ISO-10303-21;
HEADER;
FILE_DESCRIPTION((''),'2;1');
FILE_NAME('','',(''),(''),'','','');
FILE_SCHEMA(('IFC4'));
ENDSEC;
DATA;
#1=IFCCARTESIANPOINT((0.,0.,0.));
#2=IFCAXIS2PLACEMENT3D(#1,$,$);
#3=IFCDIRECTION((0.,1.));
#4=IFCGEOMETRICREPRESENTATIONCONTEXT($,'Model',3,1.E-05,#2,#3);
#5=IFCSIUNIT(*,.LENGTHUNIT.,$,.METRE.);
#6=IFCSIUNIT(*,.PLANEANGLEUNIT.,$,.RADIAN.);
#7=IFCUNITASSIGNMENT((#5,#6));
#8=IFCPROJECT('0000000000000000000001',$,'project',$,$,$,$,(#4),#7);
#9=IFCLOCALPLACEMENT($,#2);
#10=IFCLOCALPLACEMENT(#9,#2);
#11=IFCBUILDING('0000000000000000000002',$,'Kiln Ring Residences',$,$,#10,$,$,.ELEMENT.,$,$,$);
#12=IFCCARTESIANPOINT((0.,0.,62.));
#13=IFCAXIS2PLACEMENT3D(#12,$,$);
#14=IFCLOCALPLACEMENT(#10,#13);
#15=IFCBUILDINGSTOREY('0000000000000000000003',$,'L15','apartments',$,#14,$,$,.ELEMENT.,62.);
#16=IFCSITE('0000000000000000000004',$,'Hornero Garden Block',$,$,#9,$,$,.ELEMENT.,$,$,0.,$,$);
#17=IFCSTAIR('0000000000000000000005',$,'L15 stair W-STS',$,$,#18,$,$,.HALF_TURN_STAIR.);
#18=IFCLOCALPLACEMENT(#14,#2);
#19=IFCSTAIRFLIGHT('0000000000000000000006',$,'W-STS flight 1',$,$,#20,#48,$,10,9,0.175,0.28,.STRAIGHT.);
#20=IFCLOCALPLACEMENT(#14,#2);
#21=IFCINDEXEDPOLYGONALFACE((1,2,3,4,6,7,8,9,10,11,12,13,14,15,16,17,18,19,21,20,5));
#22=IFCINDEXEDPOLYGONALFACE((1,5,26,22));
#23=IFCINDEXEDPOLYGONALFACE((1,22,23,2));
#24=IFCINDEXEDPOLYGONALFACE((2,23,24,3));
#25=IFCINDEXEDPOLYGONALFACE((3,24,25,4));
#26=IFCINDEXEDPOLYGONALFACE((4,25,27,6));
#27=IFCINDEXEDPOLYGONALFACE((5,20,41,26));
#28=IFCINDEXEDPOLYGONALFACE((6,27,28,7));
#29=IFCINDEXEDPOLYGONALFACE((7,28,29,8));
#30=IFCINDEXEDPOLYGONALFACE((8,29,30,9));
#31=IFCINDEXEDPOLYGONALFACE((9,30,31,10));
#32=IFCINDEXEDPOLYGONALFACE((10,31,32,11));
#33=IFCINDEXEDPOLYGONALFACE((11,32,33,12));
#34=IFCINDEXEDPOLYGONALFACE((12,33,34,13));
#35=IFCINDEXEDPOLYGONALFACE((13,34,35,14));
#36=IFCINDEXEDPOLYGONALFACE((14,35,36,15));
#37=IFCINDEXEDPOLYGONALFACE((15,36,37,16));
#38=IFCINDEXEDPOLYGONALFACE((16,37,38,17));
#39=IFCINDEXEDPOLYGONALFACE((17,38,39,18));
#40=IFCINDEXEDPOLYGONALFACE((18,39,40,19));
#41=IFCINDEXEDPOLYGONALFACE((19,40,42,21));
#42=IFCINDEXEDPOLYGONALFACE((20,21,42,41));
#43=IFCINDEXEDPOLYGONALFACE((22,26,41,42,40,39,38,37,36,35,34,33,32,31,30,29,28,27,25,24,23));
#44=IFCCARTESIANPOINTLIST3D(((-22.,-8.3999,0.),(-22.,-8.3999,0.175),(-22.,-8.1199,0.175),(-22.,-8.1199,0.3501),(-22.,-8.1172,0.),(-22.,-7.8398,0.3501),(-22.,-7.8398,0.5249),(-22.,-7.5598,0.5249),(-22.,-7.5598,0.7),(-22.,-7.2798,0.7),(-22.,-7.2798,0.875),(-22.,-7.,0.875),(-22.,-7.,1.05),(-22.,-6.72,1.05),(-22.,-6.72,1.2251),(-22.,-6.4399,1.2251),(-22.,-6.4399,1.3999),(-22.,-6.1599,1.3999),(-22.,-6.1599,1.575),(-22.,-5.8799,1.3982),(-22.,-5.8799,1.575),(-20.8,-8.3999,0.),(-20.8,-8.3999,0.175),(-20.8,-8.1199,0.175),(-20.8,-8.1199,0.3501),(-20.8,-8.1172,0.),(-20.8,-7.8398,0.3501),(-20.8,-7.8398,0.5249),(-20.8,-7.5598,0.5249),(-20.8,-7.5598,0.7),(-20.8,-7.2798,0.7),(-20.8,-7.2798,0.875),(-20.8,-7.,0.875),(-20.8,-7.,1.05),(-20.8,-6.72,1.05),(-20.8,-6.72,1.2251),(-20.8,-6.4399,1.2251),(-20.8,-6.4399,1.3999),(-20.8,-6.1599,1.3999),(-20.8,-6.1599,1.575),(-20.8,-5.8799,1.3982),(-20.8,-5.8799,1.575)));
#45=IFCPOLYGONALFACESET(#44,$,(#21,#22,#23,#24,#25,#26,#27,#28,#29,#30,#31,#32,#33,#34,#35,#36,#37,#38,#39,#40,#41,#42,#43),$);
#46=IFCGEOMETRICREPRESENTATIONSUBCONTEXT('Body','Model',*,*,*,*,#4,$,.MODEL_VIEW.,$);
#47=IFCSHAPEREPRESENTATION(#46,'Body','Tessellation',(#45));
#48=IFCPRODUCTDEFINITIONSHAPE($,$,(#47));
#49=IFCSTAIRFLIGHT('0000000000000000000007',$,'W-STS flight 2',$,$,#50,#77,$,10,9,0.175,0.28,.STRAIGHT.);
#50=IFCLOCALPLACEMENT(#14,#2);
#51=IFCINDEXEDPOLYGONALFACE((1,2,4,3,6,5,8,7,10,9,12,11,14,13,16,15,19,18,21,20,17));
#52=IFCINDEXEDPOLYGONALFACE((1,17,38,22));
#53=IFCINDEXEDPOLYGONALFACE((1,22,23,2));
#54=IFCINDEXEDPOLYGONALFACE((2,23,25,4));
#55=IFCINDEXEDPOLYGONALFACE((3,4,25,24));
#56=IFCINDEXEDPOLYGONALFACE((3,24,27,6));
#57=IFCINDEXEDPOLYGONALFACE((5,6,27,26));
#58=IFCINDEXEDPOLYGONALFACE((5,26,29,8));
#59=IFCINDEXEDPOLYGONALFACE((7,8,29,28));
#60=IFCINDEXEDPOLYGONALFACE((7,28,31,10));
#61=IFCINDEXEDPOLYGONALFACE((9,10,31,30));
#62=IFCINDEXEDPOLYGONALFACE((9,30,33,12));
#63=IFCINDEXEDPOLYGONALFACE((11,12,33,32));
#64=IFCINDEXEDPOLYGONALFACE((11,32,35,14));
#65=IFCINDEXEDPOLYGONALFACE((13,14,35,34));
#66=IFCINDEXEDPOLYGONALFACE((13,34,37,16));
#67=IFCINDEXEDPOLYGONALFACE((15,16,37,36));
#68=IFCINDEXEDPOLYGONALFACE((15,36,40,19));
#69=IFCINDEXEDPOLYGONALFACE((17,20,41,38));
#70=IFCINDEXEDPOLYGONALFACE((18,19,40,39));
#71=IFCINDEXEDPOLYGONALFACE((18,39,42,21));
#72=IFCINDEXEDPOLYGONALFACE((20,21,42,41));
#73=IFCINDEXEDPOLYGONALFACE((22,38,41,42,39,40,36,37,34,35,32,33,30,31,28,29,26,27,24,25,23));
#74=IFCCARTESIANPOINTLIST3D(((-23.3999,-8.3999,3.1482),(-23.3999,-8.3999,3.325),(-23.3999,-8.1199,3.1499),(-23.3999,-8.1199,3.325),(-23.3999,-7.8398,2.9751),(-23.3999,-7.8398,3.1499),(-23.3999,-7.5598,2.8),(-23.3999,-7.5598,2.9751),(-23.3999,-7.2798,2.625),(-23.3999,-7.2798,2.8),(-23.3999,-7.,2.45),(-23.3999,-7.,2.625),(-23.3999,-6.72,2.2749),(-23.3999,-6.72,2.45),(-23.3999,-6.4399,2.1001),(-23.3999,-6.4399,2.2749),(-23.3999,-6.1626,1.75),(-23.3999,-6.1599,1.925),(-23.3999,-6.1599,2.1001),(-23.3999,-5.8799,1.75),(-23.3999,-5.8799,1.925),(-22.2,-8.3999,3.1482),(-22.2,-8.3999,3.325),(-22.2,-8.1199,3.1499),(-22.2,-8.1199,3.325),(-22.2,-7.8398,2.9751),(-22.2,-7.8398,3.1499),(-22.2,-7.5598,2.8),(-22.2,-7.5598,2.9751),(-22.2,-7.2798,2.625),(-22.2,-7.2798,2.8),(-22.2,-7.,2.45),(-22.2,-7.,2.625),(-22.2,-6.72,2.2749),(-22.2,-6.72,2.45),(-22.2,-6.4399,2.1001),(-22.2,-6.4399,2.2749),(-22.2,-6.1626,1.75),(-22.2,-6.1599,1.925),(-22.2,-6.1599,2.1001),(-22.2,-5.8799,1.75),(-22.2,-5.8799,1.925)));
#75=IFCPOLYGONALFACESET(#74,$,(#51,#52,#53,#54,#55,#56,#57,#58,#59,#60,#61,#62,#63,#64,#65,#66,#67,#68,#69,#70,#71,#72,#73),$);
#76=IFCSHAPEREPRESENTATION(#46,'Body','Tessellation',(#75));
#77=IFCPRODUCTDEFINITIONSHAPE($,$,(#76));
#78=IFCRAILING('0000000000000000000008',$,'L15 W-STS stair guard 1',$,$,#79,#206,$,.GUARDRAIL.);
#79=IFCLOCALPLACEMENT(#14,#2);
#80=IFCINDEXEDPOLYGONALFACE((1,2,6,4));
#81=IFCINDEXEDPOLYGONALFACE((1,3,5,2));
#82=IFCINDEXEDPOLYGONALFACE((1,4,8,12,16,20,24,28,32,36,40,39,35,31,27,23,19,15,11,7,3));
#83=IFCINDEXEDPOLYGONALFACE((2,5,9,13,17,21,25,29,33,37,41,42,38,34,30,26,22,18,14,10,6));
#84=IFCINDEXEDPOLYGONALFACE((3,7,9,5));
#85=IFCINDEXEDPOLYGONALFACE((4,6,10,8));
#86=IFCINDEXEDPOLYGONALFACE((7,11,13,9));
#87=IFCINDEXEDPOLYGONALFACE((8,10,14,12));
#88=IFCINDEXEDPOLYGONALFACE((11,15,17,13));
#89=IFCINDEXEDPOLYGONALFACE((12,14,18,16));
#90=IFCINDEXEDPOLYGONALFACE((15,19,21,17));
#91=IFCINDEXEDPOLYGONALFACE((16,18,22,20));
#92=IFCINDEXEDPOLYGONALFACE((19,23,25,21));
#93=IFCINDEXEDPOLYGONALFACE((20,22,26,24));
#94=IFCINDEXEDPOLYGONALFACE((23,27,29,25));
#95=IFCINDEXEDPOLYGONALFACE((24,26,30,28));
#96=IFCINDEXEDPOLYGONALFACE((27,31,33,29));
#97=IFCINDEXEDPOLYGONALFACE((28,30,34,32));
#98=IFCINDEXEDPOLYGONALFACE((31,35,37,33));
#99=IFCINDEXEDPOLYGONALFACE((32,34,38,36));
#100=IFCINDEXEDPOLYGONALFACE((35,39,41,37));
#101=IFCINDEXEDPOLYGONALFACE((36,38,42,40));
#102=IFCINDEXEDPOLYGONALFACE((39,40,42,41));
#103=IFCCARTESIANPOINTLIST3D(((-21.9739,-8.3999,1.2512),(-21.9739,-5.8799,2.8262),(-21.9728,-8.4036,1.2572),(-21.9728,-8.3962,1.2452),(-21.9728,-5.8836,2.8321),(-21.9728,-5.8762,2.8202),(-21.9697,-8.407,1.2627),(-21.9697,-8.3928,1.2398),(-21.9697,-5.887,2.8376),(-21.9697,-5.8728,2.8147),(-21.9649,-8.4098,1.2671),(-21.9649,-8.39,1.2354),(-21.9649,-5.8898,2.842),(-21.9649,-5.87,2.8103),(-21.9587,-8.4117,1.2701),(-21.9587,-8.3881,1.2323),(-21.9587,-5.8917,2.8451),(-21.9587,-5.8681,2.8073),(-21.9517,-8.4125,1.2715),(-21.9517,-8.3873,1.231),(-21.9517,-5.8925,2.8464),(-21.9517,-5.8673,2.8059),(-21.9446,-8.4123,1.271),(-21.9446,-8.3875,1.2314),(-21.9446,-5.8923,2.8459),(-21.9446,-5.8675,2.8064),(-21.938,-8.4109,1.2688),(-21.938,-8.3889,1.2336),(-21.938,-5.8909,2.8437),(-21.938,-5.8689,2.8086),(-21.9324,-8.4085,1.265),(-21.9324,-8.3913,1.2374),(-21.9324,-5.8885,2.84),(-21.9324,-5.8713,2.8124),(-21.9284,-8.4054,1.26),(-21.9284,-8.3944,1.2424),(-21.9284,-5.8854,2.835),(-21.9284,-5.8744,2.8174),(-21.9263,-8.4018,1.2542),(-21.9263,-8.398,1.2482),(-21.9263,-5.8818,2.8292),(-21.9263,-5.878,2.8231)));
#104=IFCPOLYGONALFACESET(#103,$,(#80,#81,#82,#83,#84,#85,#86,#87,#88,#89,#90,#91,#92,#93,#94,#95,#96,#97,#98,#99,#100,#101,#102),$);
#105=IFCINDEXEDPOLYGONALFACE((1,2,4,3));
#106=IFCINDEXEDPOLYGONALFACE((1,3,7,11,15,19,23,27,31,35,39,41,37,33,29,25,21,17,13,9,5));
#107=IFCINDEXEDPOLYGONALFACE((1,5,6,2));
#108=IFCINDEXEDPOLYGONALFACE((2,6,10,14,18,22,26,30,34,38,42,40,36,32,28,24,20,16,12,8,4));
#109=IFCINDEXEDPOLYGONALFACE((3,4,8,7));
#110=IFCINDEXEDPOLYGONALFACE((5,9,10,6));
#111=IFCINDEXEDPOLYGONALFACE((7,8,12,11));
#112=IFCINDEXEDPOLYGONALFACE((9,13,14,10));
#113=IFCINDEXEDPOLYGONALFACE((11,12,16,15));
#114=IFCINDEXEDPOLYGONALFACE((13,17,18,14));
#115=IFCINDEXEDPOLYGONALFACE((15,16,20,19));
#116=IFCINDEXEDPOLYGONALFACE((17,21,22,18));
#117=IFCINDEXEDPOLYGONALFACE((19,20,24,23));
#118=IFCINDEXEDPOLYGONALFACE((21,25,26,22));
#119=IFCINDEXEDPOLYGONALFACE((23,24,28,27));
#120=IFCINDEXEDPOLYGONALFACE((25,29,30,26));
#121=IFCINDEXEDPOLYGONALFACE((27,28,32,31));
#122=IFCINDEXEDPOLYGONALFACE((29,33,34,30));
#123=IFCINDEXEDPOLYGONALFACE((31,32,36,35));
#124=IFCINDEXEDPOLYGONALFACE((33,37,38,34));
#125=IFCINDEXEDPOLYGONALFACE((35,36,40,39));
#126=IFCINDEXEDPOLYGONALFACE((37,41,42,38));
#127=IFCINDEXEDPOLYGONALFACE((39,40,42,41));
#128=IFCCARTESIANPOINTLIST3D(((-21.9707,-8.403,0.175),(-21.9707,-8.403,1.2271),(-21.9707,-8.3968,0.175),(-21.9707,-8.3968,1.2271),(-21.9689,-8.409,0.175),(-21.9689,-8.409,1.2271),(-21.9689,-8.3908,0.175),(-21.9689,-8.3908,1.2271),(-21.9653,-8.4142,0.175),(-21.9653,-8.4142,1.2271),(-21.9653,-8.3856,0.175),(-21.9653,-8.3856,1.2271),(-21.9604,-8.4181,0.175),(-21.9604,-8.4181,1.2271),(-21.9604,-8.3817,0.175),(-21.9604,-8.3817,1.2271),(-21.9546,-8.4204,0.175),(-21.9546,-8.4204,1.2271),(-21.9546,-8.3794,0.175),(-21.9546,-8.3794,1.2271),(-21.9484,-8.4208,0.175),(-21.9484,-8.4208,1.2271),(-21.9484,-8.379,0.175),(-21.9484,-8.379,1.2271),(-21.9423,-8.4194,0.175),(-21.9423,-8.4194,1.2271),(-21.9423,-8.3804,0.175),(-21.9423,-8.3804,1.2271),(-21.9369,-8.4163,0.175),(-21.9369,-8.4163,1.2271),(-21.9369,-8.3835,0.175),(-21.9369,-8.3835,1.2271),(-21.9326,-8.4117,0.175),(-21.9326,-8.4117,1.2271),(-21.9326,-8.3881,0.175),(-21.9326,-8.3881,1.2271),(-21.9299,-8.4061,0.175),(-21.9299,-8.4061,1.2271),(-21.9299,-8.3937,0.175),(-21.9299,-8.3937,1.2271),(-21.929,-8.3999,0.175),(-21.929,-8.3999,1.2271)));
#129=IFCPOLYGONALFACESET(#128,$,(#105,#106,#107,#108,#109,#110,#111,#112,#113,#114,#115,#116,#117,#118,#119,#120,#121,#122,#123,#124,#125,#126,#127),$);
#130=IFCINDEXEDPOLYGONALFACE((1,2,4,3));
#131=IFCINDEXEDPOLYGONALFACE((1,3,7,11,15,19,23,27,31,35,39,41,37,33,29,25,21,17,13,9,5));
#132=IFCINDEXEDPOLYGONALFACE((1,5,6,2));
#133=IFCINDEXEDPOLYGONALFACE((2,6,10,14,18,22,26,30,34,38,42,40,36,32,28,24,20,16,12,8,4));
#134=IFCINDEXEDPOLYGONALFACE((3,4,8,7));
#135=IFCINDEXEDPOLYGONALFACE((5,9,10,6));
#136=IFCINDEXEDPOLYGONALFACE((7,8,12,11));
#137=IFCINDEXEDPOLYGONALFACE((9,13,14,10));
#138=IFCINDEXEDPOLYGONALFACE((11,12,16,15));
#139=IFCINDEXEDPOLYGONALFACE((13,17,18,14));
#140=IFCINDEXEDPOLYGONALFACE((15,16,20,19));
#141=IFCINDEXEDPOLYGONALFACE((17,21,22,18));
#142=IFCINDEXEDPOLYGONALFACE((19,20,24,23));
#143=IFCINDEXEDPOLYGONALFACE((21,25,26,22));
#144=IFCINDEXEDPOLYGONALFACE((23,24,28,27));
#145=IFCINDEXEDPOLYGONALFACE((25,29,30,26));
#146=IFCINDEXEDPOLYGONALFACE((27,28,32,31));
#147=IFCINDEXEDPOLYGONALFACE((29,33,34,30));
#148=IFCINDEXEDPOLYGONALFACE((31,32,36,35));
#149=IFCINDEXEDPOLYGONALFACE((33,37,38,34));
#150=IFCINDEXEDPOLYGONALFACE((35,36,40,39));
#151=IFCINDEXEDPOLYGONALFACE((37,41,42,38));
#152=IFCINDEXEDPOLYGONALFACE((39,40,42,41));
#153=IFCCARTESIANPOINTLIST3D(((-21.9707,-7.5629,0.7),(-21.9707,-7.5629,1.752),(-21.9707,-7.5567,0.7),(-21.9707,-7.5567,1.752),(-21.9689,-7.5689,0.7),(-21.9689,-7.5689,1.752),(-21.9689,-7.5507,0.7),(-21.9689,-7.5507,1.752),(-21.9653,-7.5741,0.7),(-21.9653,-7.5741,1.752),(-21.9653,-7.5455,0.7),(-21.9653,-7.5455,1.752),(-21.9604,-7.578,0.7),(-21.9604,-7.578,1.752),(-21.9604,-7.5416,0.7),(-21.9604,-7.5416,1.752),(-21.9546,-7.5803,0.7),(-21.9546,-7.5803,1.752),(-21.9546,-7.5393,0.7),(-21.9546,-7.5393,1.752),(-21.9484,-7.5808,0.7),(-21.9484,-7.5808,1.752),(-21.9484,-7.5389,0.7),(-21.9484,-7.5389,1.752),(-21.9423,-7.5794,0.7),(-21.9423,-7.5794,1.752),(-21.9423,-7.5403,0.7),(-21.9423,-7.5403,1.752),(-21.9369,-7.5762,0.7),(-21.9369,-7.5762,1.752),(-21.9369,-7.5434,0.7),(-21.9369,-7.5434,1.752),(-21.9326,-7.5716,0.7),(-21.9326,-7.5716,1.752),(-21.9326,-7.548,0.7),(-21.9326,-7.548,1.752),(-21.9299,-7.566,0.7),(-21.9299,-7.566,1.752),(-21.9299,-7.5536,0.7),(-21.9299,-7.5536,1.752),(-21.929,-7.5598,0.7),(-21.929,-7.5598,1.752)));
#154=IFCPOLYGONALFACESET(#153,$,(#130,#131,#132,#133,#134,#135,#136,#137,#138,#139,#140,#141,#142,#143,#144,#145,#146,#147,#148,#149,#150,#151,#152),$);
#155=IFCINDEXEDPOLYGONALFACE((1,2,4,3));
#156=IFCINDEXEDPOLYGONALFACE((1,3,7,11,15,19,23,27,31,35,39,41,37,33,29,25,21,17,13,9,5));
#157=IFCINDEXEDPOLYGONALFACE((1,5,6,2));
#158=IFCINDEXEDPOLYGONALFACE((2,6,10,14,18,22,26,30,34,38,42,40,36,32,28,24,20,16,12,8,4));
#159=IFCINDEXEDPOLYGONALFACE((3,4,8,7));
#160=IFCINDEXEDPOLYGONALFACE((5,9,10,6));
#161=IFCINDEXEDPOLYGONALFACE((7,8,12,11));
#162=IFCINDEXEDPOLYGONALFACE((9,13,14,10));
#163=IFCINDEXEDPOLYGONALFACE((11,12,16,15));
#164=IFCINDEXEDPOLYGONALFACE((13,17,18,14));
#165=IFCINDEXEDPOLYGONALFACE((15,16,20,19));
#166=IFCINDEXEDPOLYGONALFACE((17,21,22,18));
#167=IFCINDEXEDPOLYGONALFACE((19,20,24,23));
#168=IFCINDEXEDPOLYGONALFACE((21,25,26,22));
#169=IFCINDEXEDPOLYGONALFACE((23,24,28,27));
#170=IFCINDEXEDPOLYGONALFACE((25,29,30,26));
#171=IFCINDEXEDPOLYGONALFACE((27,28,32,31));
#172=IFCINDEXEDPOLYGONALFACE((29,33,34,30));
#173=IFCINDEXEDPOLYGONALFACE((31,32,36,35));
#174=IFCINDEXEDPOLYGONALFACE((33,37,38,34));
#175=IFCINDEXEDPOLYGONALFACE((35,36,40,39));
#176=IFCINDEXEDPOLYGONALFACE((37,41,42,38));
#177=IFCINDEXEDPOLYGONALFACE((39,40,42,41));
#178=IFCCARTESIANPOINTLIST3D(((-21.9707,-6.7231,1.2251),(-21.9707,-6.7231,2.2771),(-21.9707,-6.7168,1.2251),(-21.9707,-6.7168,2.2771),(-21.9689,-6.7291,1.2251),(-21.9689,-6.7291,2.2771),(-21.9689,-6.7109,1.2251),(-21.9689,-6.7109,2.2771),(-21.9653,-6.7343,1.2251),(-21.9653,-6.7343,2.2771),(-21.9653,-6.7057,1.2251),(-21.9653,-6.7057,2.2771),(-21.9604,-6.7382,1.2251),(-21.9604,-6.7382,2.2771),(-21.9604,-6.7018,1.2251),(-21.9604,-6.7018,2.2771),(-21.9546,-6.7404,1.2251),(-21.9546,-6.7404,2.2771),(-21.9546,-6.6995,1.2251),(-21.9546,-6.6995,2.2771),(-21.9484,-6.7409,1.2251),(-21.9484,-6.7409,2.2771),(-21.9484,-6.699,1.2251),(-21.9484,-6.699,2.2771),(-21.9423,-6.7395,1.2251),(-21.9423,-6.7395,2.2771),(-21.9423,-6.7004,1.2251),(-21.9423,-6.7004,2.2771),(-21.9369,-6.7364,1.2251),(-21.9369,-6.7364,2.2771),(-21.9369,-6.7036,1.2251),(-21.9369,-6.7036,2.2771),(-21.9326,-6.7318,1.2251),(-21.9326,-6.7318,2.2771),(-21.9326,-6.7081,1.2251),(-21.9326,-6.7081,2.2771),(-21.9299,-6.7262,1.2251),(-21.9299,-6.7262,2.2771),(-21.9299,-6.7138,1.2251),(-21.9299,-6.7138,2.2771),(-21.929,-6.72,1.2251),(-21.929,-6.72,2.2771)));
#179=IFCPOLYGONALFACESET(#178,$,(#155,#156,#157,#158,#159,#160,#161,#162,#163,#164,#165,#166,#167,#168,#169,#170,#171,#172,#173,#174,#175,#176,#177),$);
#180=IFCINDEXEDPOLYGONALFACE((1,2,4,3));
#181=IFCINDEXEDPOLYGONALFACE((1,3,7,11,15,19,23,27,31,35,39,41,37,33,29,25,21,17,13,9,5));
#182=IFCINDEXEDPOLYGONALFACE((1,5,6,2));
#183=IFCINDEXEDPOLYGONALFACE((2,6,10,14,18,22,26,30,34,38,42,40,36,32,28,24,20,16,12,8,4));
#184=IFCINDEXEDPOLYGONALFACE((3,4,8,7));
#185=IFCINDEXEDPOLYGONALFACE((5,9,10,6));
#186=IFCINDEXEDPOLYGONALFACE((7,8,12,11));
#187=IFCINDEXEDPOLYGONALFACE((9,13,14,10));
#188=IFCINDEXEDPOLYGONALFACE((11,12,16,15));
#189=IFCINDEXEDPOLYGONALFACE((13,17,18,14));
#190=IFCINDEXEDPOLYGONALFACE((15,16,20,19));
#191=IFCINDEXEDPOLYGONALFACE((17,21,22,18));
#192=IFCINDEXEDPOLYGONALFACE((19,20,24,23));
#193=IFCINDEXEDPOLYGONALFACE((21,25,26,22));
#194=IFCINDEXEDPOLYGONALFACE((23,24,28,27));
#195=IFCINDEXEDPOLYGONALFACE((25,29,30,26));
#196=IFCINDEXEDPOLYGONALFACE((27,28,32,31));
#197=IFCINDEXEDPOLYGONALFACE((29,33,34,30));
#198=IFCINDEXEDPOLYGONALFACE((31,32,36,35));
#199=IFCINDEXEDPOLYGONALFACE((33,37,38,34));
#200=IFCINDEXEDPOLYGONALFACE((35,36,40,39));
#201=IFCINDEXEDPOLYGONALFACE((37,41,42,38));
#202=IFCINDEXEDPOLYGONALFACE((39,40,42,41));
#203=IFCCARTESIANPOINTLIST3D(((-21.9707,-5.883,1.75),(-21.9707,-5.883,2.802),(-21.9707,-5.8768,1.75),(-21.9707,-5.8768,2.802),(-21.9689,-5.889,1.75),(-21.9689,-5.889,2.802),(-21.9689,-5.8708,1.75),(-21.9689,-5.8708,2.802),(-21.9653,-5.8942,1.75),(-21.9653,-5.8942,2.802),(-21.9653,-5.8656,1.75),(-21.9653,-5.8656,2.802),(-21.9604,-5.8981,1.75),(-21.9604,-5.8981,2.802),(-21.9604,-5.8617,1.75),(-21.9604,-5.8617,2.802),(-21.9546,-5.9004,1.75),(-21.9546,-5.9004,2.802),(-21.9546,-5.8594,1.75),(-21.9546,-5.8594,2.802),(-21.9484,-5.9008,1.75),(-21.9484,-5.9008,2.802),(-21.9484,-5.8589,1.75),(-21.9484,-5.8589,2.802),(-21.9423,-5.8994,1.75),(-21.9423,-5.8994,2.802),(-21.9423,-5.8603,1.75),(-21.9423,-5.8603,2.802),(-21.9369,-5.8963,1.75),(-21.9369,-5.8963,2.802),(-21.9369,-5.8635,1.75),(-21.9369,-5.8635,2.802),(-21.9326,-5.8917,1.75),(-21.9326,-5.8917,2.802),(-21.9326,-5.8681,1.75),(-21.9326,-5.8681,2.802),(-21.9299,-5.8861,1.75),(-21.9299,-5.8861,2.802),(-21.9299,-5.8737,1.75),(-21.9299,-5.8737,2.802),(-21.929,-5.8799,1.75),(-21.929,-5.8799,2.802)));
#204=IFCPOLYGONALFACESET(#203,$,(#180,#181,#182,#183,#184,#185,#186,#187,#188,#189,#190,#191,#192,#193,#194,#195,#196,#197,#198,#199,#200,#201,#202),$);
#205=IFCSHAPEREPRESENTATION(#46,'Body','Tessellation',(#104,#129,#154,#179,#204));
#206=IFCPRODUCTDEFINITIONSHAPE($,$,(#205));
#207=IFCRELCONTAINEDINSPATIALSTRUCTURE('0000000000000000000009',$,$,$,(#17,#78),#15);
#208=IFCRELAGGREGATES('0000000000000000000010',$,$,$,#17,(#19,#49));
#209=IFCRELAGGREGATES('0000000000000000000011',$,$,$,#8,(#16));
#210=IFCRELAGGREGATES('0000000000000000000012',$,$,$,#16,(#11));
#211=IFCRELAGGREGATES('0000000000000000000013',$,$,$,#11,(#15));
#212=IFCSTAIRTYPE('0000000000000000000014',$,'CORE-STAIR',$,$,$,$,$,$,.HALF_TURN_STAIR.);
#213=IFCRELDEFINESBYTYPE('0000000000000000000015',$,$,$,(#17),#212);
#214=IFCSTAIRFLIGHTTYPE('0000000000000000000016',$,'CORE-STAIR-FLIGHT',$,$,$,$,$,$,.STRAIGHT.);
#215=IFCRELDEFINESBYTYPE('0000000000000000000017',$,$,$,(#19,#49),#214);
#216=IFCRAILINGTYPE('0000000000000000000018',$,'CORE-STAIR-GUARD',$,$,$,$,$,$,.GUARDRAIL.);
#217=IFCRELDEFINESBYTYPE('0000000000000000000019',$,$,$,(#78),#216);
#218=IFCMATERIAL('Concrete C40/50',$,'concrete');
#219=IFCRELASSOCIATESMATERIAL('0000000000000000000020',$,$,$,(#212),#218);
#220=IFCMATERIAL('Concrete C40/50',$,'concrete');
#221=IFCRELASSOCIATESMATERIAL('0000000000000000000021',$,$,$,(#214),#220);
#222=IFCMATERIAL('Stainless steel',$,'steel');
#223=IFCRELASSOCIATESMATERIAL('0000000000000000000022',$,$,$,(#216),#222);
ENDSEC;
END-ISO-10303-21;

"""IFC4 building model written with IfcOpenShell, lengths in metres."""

from ifc_helpers import new_model, si_unit, direction, frame, origin, origin_2d, place, context, subcontext, project, spatial, polyline, circle, outline, extrude, material, type_object, element, aggregate, save


model = new_model("IFC4")

# Units and contexts
model_context = context("Model", 3, precision=1e-05, world=origin(), true_north=direction((0.0, 1.0)))
body_context = subcontext(model_context, "Body", "Model", "MODEL_VIEW")
ifc_project = project(units=[si_unit("LENGTHUNIT", "METRE"), si_unit("PLANEANGLEUNIT", "RADIAN")], contexts=[model_context])

# Site, building, storey
site_placement = place(None, origin())
site = spatial("IfcSite", under=ifc_project, at=site_placement, Name="Hornero Garden Block", CompositionType="ELEMENT", RefElevation=0.0)
building_placement = place(site_placement, origin())
building = spatial("IfcBuilding", under=site, at=building_placement, Name="Kiln Ring Residences", CompositionType="ELEMENT")
storey_placement = place(building_placement, frame((0.0, 0.0, 62.0)))
storey = spatial("IfcBuildingStorey", under=building, at=storey_placement, Name="L15", Description="apartments", CompositionType="ELEMENT", Elevation=62.0)

# Stair, stair flights
ifc_material_1 = material(Name="Concrete C40/50", Category="concrete")
stair_type = type_object("IfcStairType", Name="CORE-STAIR", PredefinedType="HALF_TURN_STAIR", material=ifc_material_1)
stair_placement = place(storey_placement, origin())
stair = element("IfcStair", 1, at=stair_placement, inside=storey, type_object=stair_type, Name="L15 stair W-STS", PredefinedType="HALF_TURN_STAIR")
ifc_material_2 = material(Name="Concrete C40/50", Category="concrete")
stair_flight_type = type_object("IfcStairFlightType", Name="CORE-STAIR-FLIGHT", PredefinedType="STRAIGHT", material=ifc_material_2)
stair_flight_1_placement = place(storey_placement, frame((-21.3999, -8.3999, 0.0), z_axis=(0.0, 0.0, 1.0), x_axis=(0.0, 1.0, 0.0)))
stair_flight_1 = element("IfcStairFlight", 2, at=stair_flight_1_placement, type_object=stair_flight_type, Name="W-STS flight 1", NumberOfRisers=10, NumberOfTreads=9, PredefinedType="STRAIGHT", RiserHeight=0.175, TreadLength=0.28, context=body_context, shape_type="SweptSolid", body=[
    extrude(outline(polyline([(0.0, 0.0), (0.0, 0.175), (0.28, 0.175), (0.28, 0.3501), (0.5601, 0.3501), (0.5601, 0.5249), (0.8401, 0.5249), (0.8401, 0.7), (1.1201, 0.7), (1.1201, 0.875), (1.3999, 0.875), (1.3999, 1.05), (1.6799, 1.05), (1.6799, 1.2251), (1.96, 1.2251), (1.96, 1.3999), (2.24, 1.3999), (2.24, 1.575), (2.52, 1.575), (2.52, 1.75), (2.52, 1.3982), (0.2827, 0.0), (0.0, 0.0)])), frame((0.0, 0.6001, 0.0), z_axis=(0.0, -1.0, 0.0), x_axis=(1.0, 0.0, 0.0)), (0.0, 0.0, 1.0), 1.2),
])
stair_flight_2_placement = place(storey_placement, frame((-22.8, -5.8799, 1.75), z_axis=(0.0, 0.0, 1.0), x_axis=(0.0, -1.0, 0.0)))
stair_flight_2 = element("IfcStairFlight", 3, at=stair_flight_2_placement, type_object=stair_flight_type, Name="W-STS flight 2", NumberOfRisers=10, NumberOfTreads=9, PredefinedType="STRAIGHT", RiserHeight=0.175, TreadLength=0.28, context=body_context, shape_type="SweptSolid", body=[
    extrude(outline(polyline([(0.0, 0.0), (0.0, 0.175), (0.28, 0.175), (0.28, 0.3501), (0.5601, 0.3501), (0.5601, 0.5249), (0.8401, 0.5249), (0.8401, 0.7), (1.1201, 0.7), (1.1201, 0.875), (1.3999, 0.875), (1.3999, 1.05), (1.6799, 1.05), (1.6799, 1.2251), (1.96, 1.2251), (1.96, 1.3999), (2.24, 1.3999), (2.24, 1.575), (2.52, 1.575), (2.52, 1.75), (2.52, 1.3982), (0.2827, 0.0), (0.0, 0.0)])), frame((0.0, 0.6001, 0.0), z_axis=(0.0, -1.0, 0.0), x_axis=(1.0, 0.0, 0.0)), (0.0, 0.0, 1.0), 1.2),
])
aggregate(stair, [stair_flight_1, stair_flight_2])

# Railing
ifc_material_3 = material(Name="Stainless steel", Category="steel")
railing_type_1 = type_object("IfcRailingType", Name="CORE-STAIR-GUARD", PredefinedType="GUARDRAIL", material=ifc_material_3)
railing_1_placement = place(storey_placement, frame((-21.95, -8.3999, 0.175)))
element("IfcRailing", 4, at=railing_1_placement, inside=storey, type_object=railing_type_1, Name="L15 W-STS stair guard 1", PredefinedType="GUARDRAIL", context=body_context, shape_type="SweptSolid", body=[
    extrude(circle(Radius=0.0239, at=origin_2d()), frame((0.0, 0.0, 1.0762), z_axis=(0.0, 0.848008, 0.529984), x_axis=(-1.0, 0.0, 0.0)), (0.0, 0.0, 1.0), 2.9717),
    extrude(circle(Radius=0.021, at=origin_2d()), origin(), (0.0, 0.0, 1.0), 1.052),
    extrude(circle(Radius=0.021, at=origin_2d()), frame((0.0, 0.8401, 0.5249)), (0.0, 0.0, 1.0), 1.052),
    extrude(circle(Radius=0.021, at=origin_2d()), frame((0.0, 1.6799, 1.05)), (0.0, 0.0, 1.0), 1.052),
    extrude(circle(Radius=0.021, at=origin_2d()), frame((0.0, 2.52, 1.575)), (0.0, 0.0, 1.0), 1.052),
])

save(model, "model.ifc")
